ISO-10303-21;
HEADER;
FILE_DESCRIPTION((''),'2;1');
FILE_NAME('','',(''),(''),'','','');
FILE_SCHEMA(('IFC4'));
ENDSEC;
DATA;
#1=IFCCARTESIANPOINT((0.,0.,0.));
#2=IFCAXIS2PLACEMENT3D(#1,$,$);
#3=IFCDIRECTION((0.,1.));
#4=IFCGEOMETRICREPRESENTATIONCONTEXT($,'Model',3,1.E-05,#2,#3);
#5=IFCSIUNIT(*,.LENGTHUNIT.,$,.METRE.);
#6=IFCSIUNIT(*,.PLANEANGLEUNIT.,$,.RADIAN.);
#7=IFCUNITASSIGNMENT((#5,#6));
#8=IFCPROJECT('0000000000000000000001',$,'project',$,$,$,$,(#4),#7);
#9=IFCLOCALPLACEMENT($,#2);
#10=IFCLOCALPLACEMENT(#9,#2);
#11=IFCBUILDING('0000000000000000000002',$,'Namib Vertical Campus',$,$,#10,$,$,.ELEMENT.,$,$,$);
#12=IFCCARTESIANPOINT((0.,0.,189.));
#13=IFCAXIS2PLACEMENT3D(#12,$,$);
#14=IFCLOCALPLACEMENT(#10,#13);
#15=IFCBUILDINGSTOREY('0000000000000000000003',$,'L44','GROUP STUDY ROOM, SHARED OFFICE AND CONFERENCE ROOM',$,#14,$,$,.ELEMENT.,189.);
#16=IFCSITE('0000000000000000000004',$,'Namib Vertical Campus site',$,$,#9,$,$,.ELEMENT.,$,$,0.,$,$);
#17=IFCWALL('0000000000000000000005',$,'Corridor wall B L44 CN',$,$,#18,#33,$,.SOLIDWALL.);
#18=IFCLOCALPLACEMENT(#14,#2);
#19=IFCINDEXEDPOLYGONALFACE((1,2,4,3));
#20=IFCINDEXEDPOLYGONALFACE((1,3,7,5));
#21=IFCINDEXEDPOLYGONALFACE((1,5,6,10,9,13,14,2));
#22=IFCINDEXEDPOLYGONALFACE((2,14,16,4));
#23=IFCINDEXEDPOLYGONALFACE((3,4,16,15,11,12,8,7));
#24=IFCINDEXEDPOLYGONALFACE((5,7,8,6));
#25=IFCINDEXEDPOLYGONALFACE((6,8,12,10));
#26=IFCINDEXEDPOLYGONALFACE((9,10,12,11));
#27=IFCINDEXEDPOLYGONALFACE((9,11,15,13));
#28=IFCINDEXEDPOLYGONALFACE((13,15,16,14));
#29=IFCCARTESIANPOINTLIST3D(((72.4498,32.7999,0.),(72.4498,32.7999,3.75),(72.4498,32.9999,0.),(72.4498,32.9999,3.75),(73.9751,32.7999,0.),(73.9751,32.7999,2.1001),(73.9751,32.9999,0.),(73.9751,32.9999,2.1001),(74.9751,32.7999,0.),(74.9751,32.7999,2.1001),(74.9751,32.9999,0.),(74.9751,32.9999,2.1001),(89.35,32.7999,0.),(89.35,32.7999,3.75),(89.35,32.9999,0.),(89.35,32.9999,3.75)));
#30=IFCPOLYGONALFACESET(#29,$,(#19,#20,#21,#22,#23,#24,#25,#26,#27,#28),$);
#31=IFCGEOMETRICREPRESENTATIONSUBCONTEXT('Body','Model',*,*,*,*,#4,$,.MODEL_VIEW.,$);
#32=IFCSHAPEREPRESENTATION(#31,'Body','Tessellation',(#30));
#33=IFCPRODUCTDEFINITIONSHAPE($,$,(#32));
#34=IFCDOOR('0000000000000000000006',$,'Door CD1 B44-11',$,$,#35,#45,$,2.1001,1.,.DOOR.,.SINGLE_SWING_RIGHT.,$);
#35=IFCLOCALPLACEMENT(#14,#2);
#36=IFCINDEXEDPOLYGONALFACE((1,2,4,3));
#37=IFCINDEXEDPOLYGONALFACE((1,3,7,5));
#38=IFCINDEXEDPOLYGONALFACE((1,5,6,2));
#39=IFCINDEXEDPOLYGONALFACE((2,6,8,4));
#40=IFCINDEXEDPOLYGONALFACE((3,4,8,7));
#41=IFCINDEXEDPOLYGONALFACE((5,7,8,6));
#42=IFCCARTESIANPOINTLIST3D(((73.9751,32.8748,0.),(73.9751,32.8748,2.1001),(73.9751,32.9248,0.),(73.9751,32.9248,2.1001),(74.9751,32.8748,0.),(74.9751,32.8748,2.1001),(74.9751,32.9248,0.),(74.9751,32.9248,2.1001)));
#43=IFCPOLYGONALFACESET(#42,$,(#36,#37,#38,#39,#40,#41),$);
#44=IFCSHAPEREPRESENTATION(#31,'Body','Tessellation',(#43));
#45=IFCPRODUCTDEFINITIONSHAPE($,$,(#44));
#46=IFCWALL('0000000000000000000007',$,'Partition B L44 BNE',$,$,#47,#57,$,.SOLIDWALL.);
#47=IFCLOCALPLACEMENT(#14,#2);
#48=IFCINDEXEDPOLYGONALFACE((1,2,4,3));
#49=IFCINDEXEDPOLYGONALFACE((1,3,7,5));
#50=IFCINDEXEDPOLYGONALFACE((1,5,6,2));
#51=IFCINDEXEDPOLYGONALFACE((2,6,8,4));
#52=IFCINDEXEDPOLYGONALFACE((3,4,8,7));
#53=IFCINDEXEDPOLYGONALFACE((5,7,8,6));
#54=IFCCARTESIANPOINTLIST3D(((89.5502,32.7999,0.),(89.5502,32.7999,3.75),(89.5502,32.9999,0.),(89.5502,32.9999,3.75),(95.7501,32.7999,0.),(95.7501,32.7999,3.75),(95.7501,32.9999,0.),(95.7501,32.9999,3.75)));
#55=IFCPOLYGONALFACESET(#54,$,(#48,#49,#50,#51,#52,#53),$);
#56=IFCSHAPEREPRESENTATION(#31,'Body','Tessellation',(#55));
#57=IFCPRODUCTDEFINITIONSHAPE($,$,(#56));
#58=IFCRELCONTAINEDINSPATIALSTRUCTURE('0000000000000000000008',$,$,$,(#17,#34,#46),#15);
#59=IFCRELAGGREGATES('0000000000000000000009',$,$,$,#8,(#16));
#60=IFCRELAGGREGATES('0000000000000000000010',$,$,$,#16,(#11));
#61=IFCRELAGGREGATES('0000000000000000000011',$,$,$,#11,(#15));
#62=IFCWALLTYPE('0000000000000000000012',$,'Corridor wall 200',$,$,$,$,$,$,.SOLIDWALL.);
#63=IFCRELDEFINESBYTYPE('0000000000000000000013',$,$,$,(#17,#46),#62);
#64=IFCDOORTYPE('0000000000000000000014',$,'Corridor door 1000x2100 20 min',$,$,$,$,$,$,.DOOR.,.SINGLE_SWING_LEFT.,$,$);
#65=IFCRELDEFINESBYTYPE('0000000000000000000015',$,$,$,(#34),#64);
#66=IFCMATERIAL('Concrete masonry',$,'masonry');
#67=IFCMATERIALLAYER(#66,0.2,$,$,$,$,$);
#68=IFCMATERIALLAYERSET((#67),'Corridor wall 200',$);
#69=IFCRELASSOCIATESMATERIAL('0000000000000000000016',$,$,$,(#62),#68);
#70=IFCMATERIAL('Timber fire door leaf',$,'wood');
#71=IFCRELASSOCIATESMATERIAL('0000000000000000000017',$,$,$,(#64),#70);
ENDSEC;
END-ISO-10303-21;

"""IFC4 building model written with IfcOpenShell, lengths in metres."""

from ifc_helpers import new_model, si_unit, direction, frame, frame_2d, origin, place, context, subcontext, project, spatial, rectangle, extrude, material, layer, layer_set, type_object, element, fill, save


model = new_model("IFC4")

# Units and contexts
model_context = context("Model", 3, precision=1e-05, world=origin(), true_north=direction((0.0, 1.0)))
body_context = subcontext(model_context, "Body", "Model", "MODEL_VIEW")
ifc_project = project(units=[si_unit("LENGTHUNIT", "METRE"), si_unit("PLANEANGLEUNIT", "RADIAN")], contexts=[model_context])

# Site, building, storey
site_placement = place(None, origin())
site = spatial("IfcSite", under=ifc_project, at=site_placement, Name="Namib Vertical Campus site", CompositionType="ELEMENT", RefElevation=0.0)
building_placement = place(site_placement, origin())
building = spatial("IfcBuilding", under=site, at=building_placement, Name="Namib Vertical Campus", CompositionType="ELEMENT")
storey_placement = place(building_placement, frame((0.0, 0.0, 189.0)))
storey = spatial("IfcBuildingStorey", under=building, at=storey_placement, Name="L44", Description="GROUP STUDY ROOM, SHARED OFFICE AND CONFERENCE ROOM", CompositionType="ELEMENT", Elevation=189.0)

# Wall, opening, door
ifc_material_1 = material(Name="Concrete masonry", Category="masonry")
ifc_layer_1 = layer(ifc_material_1, 0.2)
ifc_layer_set_1 = layer_set([ifc_layer_1], Name="Corridor wall 200")
wall_type_1 = type_object("IfcWallType", Name="Corridor wall 200", PredefinedType="SOLIDWALL", material=ifc_layer_set_1)
wall_1_placement = place(storey_placement, frame((89.3501, 32.8999, 0.0), z_axis=(0.0, 0.0, 1.0), x_axis=(-1.0, 0.0, 0.0)))
wall_1 = element("IfcWall", 1, at=wall_1_placement, inside=storey, type_object=wall_type_1, Name="Corridor wall B L44 CN", PredefinedType="SOLIDWALL", context=body_context, shape_type="SweptSolid", body=[
    extrude(rectangle(XDim=16.9001, YDim=0.2, at=frame_2d((8.4502, 0.0))), origin(), (0.0, 0.0, 1.0), 3.75),
])
opening_1_placement = place(wall_1_placement, frame((14.375, 0.0, 0.0)))
opening_1 = element("IfcOpeningElement", 2, at=opening_1_placement, cuts=wall_1, PredefinedType="OPENING", context=body_context, shape_type="SweptSolid", body=[
    extrude(rectangle(XDim=1.0, YDim=2.1001, at=frame_2d((0.5, 1.05))), frame((0.0, 0.1099, 0.0), z_axis=(0.0, -1.0, 0.0), x_axis=(1.0, 0.0, 0.0)), (0.0, 0.0, 1.0), 0.22),
])
ifc_material_2 = material(Name="Timber fire door leaf", Category="wood")
door_type_1 = type_object("IfcDoorType", Name="Corridor door 1000x2100 20 min", OperationType="SINGLE_SWING_LEFT", PredefinedType="DOOR", material=ifc_material_2)
door_1_placement = place(opening_1_placement, frame((1.0, 0.0, 0.0), z_axis=(0.0, 0.0, 1.0), x_axis=(-1.0, 0.0, 0.0)))
door_1 = element("IfcDoor", 3, at=door_1_placement, inside=storey, type_object=door_type_1, Name="Door CD1 B44-11", OperationType="SINGLE_SWING_RIGHT", OverallHeight=2.1001, OverallWidth=1.0, PredefinedType="DOOR", context=body_context, shape_type="SweptSolid", body=[
    extrude(rectangle(XDim=1.0, YDim=2.1001, at=frame_2d((0.5, 1.05))), frame((0.0, 0.0249, 0.0), z_axis=(0.0, -1.0, 0.0), x_axis=(1.0, 0.0, 0.0)), (0.0, 0.0, 1.0), 0.05),
])
fill(opening_1, door_1)

# Wall
wall_2_placement = place(storey_placement, frame((89.55, 32.8999, 0.0), z_axis=(0.0, 0.0, 1.0), x_axis=(1.0, 0.0, 0.0)))
element("IfcWall", 4, at=wall_2_placement, inside=storey, type_object=wall_type_1, Name="Partition B L44 BNE", PredefinedType="SOLIDWALL", context=body_context, shape_type="SweptSolid", body=[
    extrude(rectangle(XDim=6.2, YDim=0.2, at=frame_2d((3.1001, 0.0))), origin(), (0.0, 0.0, 1.0), 3.75),
])

save(model, "model.ifc")
